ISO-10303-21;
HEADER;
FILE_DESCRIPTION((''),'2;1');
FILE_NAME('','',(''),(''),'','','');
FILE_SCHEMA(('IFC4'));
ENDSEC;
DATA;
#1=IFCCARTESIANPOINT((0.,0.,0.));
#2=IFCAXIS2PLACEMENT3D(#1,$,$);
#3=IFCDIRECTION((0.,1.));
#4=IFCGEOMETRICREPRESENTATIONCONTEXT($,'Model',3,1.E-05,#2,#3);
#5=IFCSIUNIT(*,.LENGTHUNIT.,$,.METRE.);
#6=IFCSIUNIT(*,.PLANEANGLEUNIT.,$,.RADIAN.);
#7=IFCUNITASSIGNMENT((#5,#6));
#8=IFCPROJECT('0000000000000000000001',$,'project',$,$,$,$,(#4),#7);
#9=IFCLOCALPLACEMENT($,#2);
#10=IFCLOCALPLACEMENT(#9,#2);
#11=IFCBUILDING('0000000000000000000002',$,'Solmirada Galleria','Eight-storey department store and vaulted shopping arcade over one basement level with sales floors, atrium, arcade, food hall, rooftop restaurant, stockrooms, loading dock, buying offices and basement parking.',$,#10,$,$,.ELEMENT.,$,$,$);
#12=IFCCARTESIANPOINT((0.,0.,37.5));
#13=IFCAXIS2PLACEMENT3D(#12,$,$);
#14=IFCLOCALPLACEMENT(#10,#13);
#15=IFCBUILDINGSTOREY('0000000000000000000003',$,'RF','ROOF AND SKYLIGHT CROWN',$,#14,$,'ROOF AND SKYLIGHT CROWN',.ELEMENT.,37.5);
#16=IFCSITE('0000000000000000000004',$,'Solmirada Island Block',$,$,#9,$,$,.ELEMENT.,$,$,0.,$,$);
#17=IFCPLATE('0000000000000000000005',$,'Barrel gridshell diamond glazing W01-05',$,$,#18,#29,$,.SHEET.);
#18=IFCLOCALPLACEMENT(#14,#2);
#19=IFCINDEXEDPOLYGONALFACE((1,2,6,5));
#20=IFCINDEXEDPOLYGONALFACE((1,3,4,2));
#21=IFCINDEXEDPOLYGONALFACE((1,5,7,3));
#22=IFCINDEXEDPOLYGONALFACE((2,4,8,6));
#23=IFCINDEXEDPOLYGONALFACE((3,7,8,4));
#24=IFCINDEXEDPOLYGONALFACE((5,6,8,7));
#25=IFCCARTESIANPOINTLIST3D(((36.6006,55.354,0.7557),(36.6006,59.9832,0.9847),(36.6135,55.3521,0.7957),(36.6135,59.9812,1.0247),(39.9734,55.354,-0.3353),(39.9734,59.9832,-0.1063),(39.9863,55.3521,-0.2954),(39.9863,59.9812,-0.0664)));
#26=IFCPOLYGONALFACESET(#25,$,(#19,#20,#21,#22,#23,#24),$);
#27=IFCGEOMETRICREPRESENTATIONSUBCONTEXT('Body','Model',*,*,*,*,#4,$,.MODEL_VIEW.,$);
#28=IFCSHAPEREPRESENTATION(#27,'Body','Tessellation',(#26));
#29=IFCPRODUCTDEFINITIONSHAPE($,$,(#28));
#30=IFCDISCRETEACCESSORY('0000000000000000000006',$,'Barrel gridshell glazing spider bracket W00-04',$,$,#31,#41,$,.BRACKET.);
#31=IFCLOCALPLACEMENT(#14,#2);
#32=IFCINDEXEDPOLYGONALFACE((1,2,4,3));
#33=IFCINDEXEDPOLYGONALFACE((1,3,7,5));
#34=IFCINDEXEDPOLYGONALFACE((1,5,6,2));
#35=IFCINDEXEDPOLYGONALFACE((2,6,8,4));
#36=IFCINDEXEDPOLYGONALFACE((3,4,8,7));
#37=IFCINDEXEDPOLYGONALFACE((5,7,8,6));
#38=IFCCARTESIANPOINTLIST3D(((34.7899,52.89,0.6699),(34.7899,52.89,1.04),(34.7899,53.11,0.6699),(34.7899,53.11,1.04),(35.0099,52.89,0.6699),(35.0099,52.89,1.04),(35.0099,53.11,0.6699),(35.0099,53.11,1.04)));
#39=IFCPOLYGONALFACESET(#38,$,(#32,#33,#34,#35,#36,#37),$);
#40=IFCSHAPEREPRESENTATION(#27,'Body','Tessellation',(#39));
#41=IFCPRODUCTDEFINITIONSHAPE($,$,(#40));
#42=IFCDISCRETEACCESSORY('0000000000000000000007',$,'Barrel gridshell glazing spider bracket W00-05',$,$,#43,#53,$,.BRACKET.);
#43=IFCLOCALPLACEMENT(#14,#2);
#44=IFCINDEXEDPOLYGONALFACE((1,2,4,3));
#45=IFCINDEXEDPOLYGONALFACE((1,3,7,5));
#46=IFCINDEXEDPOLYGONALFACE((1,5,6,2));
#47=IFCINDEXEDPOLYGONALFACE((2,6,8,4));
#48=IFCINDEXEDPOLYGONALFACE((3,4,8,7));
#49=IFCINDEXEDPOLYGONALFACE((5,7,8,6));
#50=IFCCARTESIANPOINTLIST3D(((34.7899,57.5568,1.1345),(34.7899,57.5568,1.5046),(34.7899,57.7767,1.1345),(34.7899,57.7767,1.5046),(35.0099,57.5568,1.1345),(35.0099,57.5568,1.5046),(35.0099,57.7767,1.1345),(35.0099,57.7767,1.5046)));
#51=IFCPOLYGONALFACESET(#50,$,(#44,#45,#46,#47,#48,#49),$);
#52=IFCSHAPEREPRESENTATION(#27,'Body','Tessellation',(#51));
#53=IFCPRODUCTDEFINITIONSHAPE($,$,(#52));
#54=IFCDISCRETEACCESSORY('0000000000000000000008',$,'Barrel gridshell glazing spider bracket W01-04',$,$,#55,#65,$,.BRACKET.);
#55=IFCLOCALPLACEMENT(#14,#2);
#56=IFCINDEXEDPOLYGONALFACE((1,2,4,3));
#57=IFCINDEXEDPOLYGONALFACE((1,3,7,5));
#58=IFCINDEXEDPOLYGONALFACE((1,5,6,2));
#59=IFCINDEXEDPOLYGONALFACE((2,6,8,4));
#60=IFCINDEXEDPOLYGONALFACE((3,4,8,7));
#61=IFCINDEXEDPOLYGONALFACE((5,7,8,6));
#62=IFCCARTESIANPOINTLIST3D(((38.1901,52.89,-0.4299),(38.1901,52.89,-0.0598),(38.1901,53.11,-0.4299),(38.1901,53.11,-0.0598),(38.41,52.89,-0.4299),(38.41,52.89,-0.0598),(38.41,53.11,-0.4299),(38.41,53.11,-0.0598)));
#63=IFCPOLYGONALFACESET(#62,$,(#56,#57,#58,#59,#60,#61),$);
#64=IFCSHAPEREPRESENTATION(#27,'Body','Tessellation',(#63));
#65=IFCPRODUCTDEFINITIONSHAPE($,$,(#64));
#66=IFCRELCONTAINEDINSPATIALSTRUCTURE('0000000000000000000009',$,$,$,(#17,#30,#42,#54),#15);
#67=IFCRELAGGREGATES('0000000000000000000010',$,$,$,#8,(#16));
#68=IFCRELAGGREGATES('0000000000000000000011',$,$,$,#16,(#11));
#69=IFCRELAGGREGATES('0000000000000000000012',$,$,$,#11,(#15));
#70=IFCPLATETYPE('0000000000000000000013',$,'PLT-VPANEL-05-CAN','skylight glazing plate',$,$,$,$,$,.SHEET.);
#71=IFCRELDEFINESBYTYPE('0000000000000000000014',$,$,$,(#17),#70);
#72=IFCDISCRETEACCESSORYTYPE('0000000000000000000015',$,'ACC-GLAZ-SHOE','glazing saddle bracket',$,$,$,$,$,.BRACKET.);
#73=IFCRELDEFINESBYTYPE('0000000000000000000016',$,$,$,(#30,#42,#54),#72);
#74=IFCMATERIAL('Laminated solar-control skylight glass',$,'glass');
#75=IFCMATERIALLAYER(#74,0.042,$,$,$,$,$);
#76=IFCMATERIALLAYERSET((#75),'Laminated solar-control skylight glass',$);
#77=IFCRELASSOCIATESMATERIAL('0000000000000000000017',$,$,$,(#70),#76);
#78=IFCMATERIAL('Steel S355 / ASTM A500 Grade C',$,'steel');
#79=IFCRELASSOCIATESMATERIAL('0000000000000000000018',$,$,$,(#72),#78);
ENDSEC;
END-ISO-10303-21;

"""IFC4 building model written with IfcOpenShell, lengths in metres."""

from ifc_helpers import new_model, si_unit, direction, frame, origin, origin_2d, place, context, subcontext, project, spatial, polyline, rectangle, outline, extrude, material, layer, layer_set, type_object, element, save


model = new_model("IFC4")

# Units and contexts
model_context = context("Model", 3, precision=1e-05, world=origin(), true_north=direction((0.0, 1.0)))
body_context = subcontext(model_context, "Body", "Model", "MODEL_VIEW")
ifc_project = project(units=[si_unit("LENGTHUNIT", "METRE"), si_unit("PLANEANGLEUNIT", "RADIAN")], contexts=[model_context])

# Site, building, storey
site_placement = place(None, origin())
site = spatial("IfcSite", under=ifc_project, at=site_placement, Name="Solmirada Island Block", CompositionType="ELEMENT", RefElevation=0.0)
building_placement = place(site_placement, origin())
building = spatial("IfcBuilding", under=site, at=building_placement, Name="Solmirada Galleria", Description="Eight-storey department store and vaulted shopping arcade over one basement level with sales floors, atrium, arcade, food hall, rooftop restaurant, stockrooms, loading dock, buying offices and basement parking.", CompositionType="ELEMENT")
storey_placement = place(building_placement, frame((0.0, 0.0, 37.5)))
storey = spatial("IfcBuildingStorey", under=building, at=storey_placement, Name="RF", Description="ROOF AND SKYLIGHT CROWN", LongName="ROOF AND SKYLIGHT CROWN", CompositionType="ELEMENT", Elevation=37.5)

# Shared definitions
ifc_material_1 = material(Name="Steel S355 / ASTM A500 Grade C", Category="steel")

# Plate
ifc_material_2 = material(Name="Laminated solar-control skylight glass", Category="glass")
ifc_layer_1 = layer(ifc_material_2, 0.042)
ifc_layer_set_1 = layer_set([ifc_layer_1], Name="Laminated solar-control skylight glass")
plate_type_1 = type_object("IfcPlateType", Name="PLT-VPANEL-05-CAN", Description="skylight glazing plate", PredefinedType="SHEET", material=ifc_layer_set_1)
plate_1_placement = place(storey_placement, frame((36.6135, 55.3521, 0.7957), z_axis=(0.307445, -0.047016, 0.950404), x_axis=(0.951456, 0.0, -0.307785)))
element("IfcPlate", 1, at=plate_1_placement, inside=storey, type_object=plate_type_1, Name="Barrel gridshell diamond glazing W01-05", PredefinedType="SHEET", context=body_context, shape_type="SweptSolid", body=[
    extrude(outline(polyline([(0.0, 0.0), (3.5449, 0.0), (3.4744, 4.6343), (-0.0705, 4.6343), (0.0, 0.0)])), origin(), (0.0, 0.0, -1.0), 0.042),
])

# Discrete accessories
discrete_accessory_type = type_object("IfcDiscreteAccessoryType", Name="ACC-GLAZ-SHOE", Description="glazing saddle bracket", PredefinedType="BRACKET", material=ifc_material_1)
for number, where, z_axis, x_axis, name in (
    (2, (34.8999, 53.0, 0.6699), (0.0, 0.0, 1.0), (1.0, 0.0, 0.0), "Barrel gridshell glazing spider bracket W00-04"),
    (3, (34.8999, 57.6667, 1.1345), (0.0, 0.0, 1.0), (1.0, 0.0, 0.0), "Barrel gridshell glazing spider bracket W00-05"),
    (4, (38.3, 53.0, -0.4299), (0.0, 0.0, 1.0), (1.0, 0.0, 0.0), "Barrel gridshell glazing spider bracket W01-04"),
):
    element("IfcDiscreteAccessory", number, at=place(storey_placement, frame(where, z_axis=z_axis, x_axis=x_axis)), inside=storey, type_object=discrete_accessory_type, Name=name, PredefinedType="BRACKET", context=body_context, shape_type="SweptSolid", body=[
        extrude(rectangle(XDim=0.22, YDim=0.22, at=origin_2d()), origin(), (0.0, 0.0, 1.0), 0.3701),
    ])

save(model, "model.ifc")
